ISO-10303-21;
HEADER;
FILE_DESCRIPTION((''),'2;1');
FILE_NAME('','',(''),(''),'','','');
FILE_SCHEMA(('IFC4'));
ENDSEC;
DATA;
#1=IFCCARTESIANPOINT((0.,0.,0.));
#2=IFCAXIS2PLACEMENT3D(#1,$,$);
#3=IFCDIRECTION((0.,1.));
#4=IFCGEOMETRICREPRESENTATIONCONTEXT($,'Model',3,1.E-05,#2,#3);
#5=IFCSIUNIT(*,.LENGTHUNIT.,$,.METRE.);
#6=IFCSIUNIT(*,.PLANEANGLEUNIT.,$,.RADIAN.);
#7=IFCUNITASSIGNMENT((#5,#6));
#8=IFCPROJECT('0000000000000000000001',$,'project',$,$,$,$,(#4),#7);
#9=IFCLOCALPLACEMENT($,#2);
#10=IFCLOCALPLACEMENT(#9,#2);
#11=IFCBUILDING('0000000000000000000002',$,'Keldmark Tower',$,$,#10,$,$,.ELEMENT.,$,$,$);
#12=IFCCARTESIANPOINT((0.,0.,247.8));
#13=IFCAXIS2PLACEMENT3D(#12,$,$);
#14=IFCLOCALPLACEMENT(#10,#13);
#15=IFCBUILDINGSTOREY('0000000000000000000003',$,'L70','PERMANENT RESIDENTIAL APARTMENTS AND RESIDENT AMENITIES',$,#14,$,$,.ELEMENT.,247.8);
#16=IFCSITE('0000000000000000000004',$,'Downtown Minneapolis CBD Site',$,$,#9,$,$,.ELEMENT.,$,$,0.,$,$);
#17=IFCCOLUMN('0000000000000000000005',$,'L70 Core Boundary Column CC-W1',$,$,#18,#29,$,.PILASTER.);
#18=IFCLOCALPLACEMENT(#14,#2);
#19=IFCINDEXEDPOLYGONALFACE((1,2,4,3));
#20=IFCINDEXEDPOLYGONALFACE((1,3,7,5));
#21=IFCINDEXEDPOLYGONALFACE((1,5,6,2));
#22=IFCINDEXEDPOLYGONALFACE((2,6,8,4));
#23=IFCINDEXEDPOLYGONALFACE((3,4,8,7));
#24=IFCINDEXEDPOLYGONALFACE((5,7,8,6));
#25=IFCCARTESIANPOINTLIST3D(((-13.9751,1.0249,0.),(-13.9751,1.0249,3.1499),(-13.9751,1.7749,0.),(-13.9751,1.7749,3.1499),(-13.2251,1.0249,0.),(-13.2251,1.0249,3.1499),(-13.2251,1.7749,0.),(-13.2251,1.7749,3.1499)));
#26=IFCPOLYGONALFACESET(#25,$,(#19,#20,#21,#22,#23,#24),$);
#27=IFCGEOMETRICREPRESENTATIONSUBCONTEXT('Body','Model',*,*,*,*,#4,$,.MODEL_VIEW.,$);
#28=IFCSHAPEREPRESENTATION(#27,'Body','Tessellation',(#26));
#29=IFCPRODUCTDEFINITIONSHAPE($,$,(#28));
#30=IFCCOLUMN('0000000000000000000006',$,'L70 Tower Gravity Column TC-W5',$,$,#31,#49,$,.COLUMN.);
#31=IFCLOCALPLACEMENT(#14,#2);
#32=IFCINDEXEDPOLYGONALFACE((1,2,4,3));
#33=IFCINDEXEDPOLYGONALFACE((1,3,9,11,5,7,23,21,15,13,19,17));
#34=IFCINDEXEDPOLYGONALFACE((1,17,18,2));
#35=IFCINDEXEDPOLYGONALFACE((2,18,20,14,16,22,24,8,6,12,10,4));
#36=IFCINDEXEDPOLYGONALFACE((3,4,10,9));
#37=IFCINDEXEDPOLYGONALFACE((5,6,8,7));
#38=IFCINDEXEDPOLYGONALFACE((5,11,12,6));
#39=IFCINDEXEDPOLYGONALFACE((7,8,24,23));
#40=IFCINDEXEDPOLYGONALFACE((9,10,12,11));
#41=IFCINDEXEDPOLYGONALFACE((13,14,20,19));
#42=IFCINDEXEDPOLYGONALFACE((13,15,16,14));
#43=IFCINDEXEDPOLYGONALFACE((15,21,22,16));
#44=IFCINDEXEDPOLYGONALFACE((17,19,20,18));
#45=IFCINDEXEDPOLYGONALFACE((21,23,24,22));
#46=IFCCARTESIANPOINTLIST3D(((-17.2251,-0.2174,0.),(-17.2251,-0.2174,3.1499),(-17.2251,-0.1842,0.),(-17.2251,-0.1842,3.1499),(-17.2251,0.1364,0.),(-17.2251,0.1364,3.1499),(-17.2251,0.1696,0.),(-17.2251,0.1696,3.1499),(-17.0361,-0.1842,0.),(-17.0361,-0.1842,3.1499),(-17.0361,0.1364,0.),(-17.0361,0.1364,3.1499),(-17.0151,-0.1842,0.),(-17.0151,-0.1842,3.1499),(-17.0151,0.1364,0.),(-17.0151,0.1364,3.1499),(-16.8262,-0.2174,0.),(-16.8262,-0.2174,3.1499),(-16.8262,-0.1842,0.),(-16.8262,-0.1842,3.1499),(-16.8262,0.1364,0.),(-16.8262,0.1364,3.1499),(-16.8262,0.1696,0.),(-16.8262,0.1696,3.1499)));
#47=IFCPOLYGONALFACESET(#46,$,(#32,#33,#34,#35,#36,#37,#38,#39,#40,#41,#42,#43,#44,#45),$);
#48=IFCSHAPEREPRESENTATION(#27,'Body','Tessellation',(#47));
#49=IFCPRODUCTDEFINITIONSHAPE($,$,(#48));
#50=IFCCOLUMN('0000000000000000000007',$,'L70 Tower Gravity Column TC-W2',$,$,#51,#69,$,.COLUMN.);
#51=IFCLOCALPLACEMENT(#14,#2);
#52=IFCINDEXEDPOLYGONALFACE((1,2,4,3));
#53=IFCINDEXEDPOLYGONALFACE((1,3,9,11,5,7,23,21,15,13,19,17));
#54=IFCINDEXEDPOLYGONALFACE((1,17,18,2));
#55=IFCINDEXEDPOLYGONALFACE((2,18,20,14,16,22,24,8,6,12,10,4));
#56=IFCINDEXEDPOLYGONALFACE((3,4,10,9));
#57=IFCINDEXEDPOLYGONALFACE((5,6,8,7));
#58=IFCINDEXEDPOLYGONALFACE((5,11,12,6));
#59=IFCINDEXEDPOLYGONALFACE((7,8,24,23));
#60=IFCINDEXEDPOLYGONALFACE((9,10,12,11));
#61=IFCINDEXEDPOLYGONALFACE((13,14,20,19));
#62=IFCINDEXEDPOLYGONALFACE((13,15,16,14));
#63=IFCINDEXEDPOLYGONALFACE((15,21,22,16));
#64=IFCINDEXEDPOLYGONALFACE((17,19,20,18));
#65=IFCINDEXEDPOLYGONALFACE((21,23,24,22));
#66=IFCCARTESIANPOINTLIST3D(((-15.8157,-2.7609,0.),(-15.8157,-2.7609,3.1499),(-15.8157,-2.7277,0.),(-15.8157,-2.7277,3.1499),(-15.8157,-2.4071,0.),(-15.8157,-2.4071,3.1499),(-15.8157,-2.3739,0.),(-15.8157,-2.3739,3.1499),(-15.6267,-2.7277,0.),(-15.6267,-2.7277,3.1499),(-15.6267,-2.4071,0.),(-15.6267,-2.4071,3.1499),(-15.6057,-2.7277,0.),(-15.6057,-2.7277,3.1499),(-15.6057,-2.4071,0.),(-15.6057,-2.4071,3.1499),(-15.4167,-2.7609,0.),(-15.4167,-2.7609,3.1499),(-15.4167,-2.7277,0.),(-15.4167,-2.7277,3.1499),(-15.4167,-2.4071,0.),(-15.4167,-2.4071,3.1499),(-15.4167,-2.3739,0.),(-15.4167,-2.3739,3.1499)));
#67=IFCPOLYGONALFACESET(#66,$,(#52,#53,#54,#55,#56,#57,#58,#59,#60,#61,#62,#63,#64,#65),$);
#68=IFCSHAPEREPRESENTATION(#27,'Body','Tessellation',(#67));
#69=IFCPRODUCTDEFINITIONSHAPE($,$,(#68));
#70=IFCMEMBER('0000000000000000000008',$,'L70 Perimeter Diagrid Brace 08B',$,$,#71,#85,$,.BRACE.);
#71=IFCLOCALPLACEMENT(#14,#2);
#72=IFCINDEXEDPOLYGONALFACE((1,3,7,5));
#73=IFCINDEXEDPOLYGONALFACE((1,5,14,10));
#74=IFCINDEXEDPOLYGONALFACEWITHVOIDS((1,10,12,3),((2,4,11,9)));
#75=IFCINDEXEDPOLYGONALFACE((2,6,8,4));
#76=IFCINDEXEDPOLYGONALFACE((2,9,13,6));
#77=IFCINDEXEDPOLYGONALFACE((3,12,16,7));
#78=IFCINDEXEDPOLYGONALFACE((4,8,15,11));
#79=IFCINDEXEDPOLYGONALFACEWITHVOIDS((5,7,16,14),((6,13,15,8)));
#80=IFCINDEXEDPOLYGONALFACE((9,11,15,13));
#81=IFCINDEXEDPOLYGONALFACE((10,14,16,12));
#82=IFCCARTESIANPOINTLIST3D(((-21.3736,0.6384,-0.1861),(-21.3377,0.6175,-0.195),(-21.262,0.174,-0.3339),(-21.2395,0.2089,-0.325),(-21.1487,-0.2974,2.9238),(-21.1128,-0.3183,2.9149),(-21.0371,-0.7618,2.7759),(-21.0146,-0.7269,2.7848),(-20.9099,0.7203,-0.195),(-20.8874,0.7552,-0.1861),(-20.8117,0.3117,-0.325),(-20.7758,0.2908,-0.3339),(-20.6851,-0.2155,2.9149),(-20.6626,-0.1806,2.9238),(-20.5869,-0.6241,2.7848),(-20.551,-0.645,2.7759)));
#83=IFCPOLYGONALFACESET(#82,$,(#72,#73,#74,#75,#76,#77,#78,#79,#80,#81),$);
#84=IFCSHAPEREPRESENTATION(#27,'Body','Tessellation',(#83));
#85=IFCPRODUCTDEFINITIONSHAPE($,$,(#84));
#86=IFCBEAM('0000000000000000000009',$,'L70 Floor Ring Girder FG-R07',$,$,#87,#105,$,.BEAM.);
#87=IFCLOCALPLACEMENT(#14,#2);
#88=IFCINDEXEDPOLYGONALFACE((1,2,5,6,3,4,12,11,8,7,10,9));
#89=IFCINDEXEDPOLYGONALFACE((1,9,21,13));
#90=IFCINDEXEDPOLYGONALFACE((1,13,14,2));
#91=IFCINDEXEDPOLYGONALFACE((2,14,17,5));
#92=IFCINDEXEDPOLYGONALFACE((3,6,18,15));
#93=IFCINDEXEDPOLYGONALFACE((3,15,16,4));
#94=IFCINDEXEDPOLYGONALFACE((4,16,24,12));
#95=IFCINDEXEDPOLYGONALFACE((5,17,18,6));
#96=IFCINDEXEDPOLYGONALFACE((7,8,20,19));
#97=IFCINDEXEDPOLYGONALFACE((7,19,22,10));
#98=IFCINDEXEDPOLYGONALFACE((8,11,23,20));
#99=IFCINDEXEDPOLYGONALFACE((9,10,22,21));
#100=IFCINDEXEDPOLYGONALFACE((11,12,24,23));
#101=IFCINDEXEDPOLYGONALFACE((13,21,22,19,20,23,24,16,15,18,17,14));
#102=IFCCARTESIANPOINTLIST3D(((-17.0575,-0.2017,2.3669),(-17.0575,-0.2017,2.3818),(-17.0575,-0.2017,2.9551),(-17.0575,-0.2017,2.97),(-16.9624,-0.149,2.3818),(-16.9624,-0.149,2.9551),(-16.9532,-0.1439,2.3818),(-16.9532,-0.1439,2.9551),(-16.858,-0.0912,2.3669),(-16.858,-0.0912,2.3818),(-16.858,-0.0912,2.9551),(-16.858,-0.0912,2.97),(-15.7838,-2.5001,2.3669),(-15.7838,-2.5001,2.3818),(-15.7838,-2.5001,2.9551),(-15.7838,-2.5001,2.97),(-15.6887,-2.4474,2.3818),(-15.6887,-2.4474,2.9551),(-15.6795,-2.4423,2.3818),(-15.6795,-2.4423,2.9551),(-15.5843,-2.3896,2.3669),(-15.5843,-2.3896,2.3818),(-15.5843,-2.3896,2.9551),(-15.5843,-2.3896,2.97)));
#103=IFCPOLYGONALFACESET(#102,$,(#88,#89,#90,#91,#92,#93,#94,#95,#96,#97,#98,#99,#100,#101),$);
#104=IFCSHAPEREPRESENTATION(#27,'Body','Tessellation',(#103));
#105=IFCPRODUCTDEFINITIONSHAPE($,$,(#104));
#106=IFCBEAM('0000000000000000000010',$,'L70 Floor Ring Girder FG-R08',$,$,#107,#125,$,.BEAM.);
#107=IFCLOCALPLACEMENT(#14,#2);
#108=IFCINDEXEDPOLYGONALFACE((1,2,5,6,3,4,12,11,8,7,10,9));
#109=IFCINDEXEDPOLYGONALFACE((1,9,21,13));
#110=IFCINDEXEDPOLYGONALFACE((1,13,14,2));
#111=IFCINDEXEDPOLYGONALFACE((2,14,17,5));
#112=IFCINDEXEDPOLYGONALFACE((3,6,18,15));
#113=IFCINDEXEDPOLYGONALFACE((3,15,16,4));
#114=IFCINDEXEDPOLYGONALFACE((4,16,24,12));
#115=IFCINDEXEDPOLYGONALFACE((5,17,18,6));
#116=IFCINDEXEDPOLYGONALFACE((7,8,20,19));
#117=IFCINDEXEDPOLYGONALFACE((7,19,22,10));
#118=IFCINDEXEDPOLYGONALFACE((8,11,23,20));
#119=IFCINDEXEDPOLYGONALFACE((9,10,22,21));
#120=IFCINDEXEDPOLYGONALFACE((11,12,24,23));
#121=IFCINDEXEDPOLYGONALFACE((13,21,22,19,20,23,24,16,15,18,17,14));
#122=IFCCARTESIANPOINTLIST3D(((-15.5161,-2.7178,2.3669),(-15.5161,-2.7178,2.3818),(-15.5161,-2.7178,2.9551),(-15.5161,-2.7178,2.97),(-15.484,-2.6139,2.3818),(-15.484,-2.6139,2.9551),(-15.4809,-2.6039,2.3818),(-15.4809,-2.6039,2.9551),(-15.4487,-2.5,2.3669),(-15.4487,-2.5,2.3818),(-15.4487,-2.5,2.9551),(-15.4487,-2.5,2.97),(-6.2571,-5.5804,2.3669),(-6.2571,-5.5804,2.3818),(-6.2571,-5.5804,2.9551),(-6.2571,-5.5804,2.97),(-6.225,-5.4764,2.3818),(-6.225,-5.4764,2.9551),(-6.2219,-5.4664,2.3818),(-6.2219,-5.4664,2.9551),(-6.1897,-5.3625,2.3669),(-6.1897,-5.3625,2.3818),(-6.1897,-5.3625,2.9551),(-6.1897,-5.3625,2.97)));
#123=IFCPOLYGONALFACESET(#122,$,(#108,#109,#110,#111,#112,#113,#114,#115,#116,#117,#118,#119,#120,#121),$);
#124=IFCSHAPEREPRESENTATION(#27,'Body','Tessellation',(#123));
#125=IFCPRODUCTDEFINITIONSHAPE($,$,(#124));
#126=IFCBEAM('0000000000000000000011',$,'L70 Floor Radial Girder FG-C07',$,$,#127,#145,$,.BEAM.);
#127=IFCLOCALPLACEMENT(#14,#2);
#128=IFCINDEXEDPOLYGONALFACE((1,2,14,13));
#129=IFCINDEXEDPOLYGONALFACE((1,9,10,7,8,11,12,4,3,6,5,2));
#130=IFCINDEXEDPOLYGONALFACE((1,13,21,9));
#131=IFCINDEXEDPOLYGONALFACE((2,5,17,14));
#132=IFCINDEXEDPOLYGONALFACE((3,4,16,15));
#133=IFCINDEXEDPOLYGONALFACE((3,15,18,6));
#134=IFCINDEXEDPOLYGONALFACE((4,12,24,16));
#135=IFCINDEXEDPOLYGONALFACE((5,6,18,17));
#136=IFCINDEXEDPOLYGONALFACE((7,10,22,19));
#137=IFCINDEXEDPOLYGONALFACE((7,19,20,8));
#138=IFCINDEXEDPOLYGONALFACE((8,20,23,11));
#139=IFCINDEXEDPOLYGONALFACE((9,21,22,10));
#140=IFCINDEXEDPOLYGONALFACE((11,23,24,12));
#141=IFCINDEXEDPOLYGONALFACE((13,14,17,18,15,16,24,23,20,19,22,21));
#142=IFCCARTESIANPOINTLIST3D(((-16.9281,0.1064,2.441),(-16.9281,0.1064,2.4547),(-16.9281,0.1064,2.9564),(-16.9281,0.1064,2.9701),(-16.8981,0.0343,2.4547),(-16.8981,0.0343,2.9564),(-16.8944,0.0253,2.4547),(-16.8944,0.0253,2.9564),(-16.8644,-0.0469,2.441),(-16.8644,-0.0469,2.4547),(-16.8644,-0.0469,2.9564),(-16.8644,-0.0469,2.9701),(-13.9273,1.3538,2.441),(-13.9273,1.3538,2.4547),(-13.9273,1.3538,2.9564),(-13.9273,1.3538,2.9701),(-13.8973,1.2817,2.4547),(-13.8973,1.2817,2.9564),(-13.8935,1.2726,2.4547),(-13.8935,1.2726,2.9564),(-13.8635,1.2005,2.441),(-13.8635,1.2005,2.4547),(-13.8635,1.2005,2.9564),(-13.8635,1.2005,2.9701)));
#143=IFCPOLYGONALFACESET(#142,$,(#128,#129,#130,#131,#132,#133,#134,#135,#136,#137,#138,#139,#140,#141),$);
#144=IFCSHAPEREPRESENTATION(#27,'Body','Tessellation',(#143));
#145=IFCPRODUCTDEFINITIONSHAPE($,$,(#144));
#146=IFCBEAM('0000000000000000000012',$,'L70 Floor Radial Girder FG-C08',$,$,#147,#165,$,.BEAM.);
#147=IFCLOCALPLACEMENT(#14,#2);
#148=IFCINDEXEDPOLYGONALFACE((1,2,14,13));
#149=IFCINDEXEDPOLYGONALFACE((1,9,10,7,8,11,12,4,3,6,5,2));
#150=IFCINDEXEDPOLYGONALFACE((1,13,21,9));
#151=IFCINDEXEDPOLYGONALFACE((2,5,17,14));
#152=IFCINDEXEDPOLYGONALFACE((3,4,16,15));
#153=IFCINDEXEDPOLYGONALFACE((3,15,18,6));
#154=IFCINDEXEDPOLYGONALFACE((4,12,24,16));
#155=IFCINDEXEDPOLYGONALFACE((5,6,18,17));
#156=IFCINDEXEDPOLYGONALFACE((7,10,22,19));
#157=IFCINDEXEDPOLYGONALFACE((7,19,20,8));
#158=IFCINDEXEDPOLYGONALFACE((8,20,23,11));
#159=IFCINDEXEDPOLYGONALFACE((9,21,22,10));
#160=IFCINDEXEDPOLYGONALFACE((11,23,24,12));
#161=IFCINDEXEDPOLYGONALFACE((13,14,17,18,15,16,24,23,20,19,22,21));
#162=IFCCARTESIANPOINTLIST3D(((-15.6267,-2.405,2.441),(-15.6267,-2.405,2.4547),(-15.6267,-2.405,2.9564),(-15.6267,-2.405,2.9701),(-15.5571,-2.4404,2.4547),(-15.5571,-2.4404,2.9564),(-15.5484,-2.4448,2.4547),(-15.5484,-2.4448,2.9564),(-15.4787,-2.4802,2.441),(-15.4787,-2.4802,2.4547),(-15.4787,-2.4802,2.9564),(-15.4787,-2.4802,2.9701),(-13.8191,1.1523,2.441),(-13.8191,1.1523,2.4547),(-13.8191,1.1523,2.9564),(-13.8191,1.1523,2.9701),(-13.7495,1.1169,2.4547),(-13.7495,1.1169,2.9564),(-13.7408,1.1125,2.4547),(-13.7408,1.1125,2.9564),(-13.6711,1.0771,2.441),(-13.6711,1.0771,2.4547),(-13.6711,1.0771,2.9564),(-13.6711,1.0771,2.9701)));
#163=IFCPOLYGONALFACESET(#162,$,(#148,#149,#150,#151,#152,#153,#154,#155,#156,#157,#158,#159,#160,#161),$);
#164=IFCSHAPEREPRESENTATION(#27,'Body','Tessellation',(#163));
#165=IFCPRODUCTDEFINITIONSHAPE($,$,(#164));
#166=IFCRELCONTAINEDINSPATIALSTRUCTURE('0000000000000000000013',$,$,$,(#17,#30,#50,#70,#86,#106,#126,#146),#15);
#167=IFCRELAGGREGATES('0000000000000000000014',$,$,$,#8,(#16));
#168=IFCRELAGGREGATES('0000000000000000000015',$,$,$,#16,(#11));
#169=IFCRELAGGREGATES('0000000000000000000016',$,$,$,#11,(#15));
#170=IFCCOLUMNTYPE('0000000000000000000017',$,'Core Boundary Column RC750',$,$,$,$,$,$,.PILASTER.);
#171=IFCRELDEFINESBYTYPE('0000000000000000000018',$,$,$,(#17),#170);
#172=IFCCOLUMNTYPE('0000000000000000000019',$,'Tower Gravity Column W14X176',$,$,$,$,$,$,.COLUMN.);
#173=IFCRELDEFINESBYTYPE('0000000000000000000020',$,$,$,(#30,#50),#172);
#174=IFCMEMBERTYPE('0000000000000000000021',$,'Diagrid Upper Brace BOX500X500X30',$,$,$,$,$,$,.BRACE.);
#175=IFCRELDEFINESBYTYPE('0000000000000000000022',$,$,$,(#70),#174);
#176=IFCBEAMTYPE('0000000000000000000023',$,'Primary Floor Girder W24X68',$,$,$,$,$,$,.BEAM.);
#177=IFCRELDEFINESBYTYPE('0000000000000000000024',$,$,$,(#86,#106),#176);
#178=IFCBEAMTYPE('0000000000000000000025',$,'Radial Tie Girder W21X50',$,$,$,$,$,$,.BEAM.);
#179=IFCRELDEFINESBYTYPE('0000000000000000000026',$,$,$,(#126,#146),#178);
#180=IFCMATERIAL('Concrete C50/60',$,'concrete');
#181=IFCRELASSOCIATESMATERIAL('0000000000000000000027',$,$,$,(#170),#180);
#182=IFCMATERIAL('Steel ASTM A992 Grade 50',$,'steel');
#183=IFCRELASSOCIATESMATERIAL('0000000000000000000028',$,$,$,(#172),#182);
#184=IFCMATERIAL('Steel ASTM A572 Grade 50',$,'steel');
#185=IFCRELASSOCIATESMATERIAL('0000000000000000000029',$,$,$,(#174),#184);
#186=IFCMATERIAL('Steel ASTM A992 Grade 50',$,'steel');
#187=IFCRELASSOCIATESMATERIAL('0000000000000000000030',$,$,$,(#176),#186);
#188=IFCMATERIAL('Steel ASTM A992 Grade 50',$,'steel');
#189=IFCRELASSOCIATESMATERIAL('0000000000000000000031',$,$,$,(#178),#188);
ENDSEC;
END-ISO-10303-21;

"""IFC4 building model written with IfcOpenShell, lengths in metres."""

from ifc_helpers import new_model, si_unit, direction, frame, origin, origin_2d, place, context, subcontext, project, spatial, rectangle, hollow_rectangle, i_section, extrude, material, material_profile, profile_set, type_object, element, save


model = new_model("IFC4")

# Units and contexts
model_context = context("Model", 3, precision=1e-05, world=origin(), true_north=direction((0.0, 1.0)))
body_context = subcontext(model_context, "Body", "Model", "MODEL_VIEW")
ifc_project = project(units=[si_unit("LENGTHUNIT", "METRE"), si_unit("PLANEANGLEUNIT", "RADIAN")], contexts=[model_context])

# Site, building, storey
site_placement = place(None, origin())
site = spatial("IfcSite", under=ifc_project, at=site_placement, Name="Downtown Minneapolis CBD Site", CompositionType="ELEMENT", RefElevation=0.0)
building_placement = place(site_placement, origin())
building = spatial("IfcBuilding", under=site, at=building_placement, Name="Keldmark Tower", CompositionType="ELEMENT")
storey_placement = place(building_placement, frame((0.0, 0.0, 247.8)))
storey = spatial("IfcBuildingStorey", under=building, at=storey_placement, Name="L70", Description="PERMANENT RESIDENTIAL APARTMENTS AND RESIDENT AMENITIES", CompositionType="ELEMENT", Elevation=247.8)

# Columns
ifc_material_1 = material(Name="Concrete C50/60", Category="concrete")
ifc_material_profile_1 = material_profile(ifc_material_1, rectangle(XDim=0.75, YDim=0.75, at=origin_2d()), Name="RC750X750")
ifc_profile_set_1 = profile_set([ifc_material_profile_1], Name="Concrete C50/60")
column_type_1 = type_object("IfcColumnType", Name="Core Boundary Column RC750", PredefinedType="PILASTER", material=ifc_profile_set_1)
column_placement = place(storey_placement, frame((-13.6001, 1.3999, 0.0), z_axis=(0.0, 0.0, 1.0), x_axis=(1.0, 0.0, 0.0)))
element("IfcColumn", 1, at=column_placement, inside=storey, type_object=column_type_1, Name="L70 Core Boundary Column CC-W1", PredefinedType="PILASTER", context=body_context, shape_type="SweptSolid", body=[
    extrude(rectangle(XDim=0.75, YDim=0.75, at=origin_2d()), origin(), (0.0, 0.0, 1.0), 3.1499),
])
ifc_material_2 = material(Name="Steel ASTM A992 Grade 50", Category="steel")
ifc_material_profile_2 = material_profile(ifc_material_2, i_section(OverallWidth=0.3989, OverallDepth=0.387, WebThickness=0.021, FlangeThickness=0.0332, at=origin_2d()), Name="W14X176")
ifc_profile_set_2 = profile_set([ifc_material_profile_2], Name="Steel ASTM A992 Grade 50")
column_type_2 = type_object("IfcColumnType", Name="Tower Gravity Column W14X176", PredefinedType="COLUMN", material=ifc_profile_set_2)
for number, where, z_axis, x_axis, name in (
    (2, (-17.0256, -0.0239, 0.0), (0.0, 0.0, 1.0), (1.0, 0.0, 0.0), "L70 Tower Gravity Column TC-W5"),
    (3, (-15.6162, -2.5674, 0.0), (0.0, 0.0, 1.0), (1.0, 0.0, 0.0), "L70 Tower Gravity Column TC-W2"),
):
    element("IfcColumn", number, at=place(storey_placement, frame(where, z_axis=z_axis, x_axis=x_axis)), inside=storey, type_object=column_type_2, Name=name, PredefinedType="COLUMN", context=body_context, shape_type="SweptSolid", body=[
        extrude(i_section(OverallWidth=0.3989, OverallDepth=0.387, WebThickness=0.021, FlangeThickness=0.0332, at=origin_2d()), origin(), (0.0, 0.0, 1.0), 3.1499),
    ])

# Member
ifc_material_3 = material(Name="Steel ASTM A572 Grade 50", Category="steel")
ifc_material_profile_3 = material_profile(ifc_material_3, hollow_rectangle(XDim=0.5, YDim=0.5, WallThickness=0.03, at=origin_2d()), Name="BOX500X500X30")
ifc_profile_set_3 = profile_set([ifc_material_profile_3], Name="Steel ASTM A572 Grade 50")
member_type = type_object("IfcMemberType", Name="Diagrid Upper Brace BOX500X500X30", PredefinedType="BRACE", material=ifc_profile_set_3)
member_placement = place(storey_placement, frame((-21.0747, 0.4646, -0.26), z_axis=(0.069071, -0.28746, 0.955299), x_axis=(0.972325, 0.233632, 0.0)))
element("IfcMember", 4, at=member_placement, inside=storey, type_object=member_type, Name="L70 Perimeter Diagrid Brace 08B", PredefinedType="BRACE", context=body_context, shape_type="SweptSolid", body=[
    extrude(hollow_rectangle(XDim=0.5, YDim=0.5, WallThickness=0.03, at=origin_2d()), origin(), (0.0, 0.0, 1.0), 3.2554),
])

# Beams
ifc_material_4 = material(Name="Steel ASTM A992 Grade 50", Category="steel")
ifc_material_profile_4 = material_profile(ifc_material_4, i_section(OverallWidth=0.228, OverallDepth=0.603, WebThickness=0.0105, FlangeThickness=0.0149, at=origin_2d()), Name="W24X68")
ifc_profile_set_4 = profile_set([ifc_material_profile_4], Name="Steel ASTM A992 Grade 50")
beam_type_1 = type_object("IfcBeamType", Name="Primary Floor Girder W24X68", PredefinedType="BEAM", material=ifc_profile_set_4)
beam_1_placement = place(storey_placement, frame((-16.9578, -0.1465, 2.6685), z_axis=(0.48472, -0.87467, 0.0), x_axis=(0.87467, 0.48472, 0.0)))
element("IfcBeam", 5, at=beam_1_placement, inside=storey, type_object=beam_type_1, Name="L70 Floor Ring Girder FG-R07", PredefinedType="BEAM", context=body_context, shape_type="SweptSolid", body=[
    extrude(i_section(OverallWidth=0.228, OverallDepth=0.603, WebThickness=0.0105, FlangeThickness=0.0149, at=origin_2d()), origin(), (0.0, 0.0, 1.0), 2.6277),
])
beam_2_placement = place(storey_placement, frame((-15.4824, -2.6089, 2.6685), z_axis=(0.955383, -0.295369, 0.0), x_axis=(0.295369, 0.955383, 0.0)))
element("IfcBeam", 6, at=beam_2_placement, inside=storey, type_object=beam_type_1, Name="L70 Floor Ring Girder FG-R08", PredefinedType="BEAM", context=body_context, shape_type="SweptSolid", body=[
    extrude(i_section(OverallWidth=0.228, OverallDepth=0.603, WebThickness=0.0105, FlangeThickness=0.0149, at=origin_2d()), origin(), (0.0, 0.0, 1.0), 9.6914),
])
ifc_material_5 = material(Name="Steel ASTM A992 Grade 50", Category="steel")
ifc_material_profile_5 = material_profile(ifc_material_5, i_section(OverallWidth=0.166, OverallDepth=0.5291, WebThickness=0.0098, FlangeThickness=0.0137, at=origin_2d()), Name="W21X50")
ifc_profile_set_5 = profile_set([ifc_material_profile_5], Name="Steel ASTM A992 Grade 50")
beam_type_2 = type_object("IfcBeamType", Name="Radial Tie Girder W21X50", PredefinedType="BEAM", material=ifc_profile_set_5)
beam_3_placement = place(storey_placement, frame((-16.8962, 0.0298, 2.7056), z_axis=(0.923403, 0.383831, 0.0), x_axis=(-0.383831, 0.923403, 0.0)))
element("IfcBeam", 7, at=beam_3_placement, inside=storey, type_object=beam_type_2, Name="L70 Floor Radial Girder FG-C07", PredefinedType="BEAM", context=body_context, shape_type="SweptSolid", body=[
    extrude(i_section(OverallWidth=0.166, OverallDepth=0.5291, WebThickness=0.0098, FlangeThickness=0.0137, at=origin_2d()), origin(), (0.0, 0.0, 1.0), 3.2498),
])
beam_4_placement = place(storey_placement, frame((-15.5527, -2.4426, 2.7056), z_axis=(0.453004, 0.891508, 0.0), x_axis=(-0.891508, 0.453004, 0.0)))
element("IfcBeam", 8, at=beam_4_placement, inside=storey, type_object=beam_type_2, Name="L70 Floor Radial Girder FG-C08", PredefinedType="BEAM", context=body_context, shape_type="SweptSolid", body=[
    extrude(i_section(OverallWidth=0.166, OverallDepth=0.5291, WebThickness=0.0098, FlangeThickness=0.0137, at=origin_2d()), origin(), (0.0, 0.0, 1.0), 3.9902),
])

save(model, "model.ifc")
